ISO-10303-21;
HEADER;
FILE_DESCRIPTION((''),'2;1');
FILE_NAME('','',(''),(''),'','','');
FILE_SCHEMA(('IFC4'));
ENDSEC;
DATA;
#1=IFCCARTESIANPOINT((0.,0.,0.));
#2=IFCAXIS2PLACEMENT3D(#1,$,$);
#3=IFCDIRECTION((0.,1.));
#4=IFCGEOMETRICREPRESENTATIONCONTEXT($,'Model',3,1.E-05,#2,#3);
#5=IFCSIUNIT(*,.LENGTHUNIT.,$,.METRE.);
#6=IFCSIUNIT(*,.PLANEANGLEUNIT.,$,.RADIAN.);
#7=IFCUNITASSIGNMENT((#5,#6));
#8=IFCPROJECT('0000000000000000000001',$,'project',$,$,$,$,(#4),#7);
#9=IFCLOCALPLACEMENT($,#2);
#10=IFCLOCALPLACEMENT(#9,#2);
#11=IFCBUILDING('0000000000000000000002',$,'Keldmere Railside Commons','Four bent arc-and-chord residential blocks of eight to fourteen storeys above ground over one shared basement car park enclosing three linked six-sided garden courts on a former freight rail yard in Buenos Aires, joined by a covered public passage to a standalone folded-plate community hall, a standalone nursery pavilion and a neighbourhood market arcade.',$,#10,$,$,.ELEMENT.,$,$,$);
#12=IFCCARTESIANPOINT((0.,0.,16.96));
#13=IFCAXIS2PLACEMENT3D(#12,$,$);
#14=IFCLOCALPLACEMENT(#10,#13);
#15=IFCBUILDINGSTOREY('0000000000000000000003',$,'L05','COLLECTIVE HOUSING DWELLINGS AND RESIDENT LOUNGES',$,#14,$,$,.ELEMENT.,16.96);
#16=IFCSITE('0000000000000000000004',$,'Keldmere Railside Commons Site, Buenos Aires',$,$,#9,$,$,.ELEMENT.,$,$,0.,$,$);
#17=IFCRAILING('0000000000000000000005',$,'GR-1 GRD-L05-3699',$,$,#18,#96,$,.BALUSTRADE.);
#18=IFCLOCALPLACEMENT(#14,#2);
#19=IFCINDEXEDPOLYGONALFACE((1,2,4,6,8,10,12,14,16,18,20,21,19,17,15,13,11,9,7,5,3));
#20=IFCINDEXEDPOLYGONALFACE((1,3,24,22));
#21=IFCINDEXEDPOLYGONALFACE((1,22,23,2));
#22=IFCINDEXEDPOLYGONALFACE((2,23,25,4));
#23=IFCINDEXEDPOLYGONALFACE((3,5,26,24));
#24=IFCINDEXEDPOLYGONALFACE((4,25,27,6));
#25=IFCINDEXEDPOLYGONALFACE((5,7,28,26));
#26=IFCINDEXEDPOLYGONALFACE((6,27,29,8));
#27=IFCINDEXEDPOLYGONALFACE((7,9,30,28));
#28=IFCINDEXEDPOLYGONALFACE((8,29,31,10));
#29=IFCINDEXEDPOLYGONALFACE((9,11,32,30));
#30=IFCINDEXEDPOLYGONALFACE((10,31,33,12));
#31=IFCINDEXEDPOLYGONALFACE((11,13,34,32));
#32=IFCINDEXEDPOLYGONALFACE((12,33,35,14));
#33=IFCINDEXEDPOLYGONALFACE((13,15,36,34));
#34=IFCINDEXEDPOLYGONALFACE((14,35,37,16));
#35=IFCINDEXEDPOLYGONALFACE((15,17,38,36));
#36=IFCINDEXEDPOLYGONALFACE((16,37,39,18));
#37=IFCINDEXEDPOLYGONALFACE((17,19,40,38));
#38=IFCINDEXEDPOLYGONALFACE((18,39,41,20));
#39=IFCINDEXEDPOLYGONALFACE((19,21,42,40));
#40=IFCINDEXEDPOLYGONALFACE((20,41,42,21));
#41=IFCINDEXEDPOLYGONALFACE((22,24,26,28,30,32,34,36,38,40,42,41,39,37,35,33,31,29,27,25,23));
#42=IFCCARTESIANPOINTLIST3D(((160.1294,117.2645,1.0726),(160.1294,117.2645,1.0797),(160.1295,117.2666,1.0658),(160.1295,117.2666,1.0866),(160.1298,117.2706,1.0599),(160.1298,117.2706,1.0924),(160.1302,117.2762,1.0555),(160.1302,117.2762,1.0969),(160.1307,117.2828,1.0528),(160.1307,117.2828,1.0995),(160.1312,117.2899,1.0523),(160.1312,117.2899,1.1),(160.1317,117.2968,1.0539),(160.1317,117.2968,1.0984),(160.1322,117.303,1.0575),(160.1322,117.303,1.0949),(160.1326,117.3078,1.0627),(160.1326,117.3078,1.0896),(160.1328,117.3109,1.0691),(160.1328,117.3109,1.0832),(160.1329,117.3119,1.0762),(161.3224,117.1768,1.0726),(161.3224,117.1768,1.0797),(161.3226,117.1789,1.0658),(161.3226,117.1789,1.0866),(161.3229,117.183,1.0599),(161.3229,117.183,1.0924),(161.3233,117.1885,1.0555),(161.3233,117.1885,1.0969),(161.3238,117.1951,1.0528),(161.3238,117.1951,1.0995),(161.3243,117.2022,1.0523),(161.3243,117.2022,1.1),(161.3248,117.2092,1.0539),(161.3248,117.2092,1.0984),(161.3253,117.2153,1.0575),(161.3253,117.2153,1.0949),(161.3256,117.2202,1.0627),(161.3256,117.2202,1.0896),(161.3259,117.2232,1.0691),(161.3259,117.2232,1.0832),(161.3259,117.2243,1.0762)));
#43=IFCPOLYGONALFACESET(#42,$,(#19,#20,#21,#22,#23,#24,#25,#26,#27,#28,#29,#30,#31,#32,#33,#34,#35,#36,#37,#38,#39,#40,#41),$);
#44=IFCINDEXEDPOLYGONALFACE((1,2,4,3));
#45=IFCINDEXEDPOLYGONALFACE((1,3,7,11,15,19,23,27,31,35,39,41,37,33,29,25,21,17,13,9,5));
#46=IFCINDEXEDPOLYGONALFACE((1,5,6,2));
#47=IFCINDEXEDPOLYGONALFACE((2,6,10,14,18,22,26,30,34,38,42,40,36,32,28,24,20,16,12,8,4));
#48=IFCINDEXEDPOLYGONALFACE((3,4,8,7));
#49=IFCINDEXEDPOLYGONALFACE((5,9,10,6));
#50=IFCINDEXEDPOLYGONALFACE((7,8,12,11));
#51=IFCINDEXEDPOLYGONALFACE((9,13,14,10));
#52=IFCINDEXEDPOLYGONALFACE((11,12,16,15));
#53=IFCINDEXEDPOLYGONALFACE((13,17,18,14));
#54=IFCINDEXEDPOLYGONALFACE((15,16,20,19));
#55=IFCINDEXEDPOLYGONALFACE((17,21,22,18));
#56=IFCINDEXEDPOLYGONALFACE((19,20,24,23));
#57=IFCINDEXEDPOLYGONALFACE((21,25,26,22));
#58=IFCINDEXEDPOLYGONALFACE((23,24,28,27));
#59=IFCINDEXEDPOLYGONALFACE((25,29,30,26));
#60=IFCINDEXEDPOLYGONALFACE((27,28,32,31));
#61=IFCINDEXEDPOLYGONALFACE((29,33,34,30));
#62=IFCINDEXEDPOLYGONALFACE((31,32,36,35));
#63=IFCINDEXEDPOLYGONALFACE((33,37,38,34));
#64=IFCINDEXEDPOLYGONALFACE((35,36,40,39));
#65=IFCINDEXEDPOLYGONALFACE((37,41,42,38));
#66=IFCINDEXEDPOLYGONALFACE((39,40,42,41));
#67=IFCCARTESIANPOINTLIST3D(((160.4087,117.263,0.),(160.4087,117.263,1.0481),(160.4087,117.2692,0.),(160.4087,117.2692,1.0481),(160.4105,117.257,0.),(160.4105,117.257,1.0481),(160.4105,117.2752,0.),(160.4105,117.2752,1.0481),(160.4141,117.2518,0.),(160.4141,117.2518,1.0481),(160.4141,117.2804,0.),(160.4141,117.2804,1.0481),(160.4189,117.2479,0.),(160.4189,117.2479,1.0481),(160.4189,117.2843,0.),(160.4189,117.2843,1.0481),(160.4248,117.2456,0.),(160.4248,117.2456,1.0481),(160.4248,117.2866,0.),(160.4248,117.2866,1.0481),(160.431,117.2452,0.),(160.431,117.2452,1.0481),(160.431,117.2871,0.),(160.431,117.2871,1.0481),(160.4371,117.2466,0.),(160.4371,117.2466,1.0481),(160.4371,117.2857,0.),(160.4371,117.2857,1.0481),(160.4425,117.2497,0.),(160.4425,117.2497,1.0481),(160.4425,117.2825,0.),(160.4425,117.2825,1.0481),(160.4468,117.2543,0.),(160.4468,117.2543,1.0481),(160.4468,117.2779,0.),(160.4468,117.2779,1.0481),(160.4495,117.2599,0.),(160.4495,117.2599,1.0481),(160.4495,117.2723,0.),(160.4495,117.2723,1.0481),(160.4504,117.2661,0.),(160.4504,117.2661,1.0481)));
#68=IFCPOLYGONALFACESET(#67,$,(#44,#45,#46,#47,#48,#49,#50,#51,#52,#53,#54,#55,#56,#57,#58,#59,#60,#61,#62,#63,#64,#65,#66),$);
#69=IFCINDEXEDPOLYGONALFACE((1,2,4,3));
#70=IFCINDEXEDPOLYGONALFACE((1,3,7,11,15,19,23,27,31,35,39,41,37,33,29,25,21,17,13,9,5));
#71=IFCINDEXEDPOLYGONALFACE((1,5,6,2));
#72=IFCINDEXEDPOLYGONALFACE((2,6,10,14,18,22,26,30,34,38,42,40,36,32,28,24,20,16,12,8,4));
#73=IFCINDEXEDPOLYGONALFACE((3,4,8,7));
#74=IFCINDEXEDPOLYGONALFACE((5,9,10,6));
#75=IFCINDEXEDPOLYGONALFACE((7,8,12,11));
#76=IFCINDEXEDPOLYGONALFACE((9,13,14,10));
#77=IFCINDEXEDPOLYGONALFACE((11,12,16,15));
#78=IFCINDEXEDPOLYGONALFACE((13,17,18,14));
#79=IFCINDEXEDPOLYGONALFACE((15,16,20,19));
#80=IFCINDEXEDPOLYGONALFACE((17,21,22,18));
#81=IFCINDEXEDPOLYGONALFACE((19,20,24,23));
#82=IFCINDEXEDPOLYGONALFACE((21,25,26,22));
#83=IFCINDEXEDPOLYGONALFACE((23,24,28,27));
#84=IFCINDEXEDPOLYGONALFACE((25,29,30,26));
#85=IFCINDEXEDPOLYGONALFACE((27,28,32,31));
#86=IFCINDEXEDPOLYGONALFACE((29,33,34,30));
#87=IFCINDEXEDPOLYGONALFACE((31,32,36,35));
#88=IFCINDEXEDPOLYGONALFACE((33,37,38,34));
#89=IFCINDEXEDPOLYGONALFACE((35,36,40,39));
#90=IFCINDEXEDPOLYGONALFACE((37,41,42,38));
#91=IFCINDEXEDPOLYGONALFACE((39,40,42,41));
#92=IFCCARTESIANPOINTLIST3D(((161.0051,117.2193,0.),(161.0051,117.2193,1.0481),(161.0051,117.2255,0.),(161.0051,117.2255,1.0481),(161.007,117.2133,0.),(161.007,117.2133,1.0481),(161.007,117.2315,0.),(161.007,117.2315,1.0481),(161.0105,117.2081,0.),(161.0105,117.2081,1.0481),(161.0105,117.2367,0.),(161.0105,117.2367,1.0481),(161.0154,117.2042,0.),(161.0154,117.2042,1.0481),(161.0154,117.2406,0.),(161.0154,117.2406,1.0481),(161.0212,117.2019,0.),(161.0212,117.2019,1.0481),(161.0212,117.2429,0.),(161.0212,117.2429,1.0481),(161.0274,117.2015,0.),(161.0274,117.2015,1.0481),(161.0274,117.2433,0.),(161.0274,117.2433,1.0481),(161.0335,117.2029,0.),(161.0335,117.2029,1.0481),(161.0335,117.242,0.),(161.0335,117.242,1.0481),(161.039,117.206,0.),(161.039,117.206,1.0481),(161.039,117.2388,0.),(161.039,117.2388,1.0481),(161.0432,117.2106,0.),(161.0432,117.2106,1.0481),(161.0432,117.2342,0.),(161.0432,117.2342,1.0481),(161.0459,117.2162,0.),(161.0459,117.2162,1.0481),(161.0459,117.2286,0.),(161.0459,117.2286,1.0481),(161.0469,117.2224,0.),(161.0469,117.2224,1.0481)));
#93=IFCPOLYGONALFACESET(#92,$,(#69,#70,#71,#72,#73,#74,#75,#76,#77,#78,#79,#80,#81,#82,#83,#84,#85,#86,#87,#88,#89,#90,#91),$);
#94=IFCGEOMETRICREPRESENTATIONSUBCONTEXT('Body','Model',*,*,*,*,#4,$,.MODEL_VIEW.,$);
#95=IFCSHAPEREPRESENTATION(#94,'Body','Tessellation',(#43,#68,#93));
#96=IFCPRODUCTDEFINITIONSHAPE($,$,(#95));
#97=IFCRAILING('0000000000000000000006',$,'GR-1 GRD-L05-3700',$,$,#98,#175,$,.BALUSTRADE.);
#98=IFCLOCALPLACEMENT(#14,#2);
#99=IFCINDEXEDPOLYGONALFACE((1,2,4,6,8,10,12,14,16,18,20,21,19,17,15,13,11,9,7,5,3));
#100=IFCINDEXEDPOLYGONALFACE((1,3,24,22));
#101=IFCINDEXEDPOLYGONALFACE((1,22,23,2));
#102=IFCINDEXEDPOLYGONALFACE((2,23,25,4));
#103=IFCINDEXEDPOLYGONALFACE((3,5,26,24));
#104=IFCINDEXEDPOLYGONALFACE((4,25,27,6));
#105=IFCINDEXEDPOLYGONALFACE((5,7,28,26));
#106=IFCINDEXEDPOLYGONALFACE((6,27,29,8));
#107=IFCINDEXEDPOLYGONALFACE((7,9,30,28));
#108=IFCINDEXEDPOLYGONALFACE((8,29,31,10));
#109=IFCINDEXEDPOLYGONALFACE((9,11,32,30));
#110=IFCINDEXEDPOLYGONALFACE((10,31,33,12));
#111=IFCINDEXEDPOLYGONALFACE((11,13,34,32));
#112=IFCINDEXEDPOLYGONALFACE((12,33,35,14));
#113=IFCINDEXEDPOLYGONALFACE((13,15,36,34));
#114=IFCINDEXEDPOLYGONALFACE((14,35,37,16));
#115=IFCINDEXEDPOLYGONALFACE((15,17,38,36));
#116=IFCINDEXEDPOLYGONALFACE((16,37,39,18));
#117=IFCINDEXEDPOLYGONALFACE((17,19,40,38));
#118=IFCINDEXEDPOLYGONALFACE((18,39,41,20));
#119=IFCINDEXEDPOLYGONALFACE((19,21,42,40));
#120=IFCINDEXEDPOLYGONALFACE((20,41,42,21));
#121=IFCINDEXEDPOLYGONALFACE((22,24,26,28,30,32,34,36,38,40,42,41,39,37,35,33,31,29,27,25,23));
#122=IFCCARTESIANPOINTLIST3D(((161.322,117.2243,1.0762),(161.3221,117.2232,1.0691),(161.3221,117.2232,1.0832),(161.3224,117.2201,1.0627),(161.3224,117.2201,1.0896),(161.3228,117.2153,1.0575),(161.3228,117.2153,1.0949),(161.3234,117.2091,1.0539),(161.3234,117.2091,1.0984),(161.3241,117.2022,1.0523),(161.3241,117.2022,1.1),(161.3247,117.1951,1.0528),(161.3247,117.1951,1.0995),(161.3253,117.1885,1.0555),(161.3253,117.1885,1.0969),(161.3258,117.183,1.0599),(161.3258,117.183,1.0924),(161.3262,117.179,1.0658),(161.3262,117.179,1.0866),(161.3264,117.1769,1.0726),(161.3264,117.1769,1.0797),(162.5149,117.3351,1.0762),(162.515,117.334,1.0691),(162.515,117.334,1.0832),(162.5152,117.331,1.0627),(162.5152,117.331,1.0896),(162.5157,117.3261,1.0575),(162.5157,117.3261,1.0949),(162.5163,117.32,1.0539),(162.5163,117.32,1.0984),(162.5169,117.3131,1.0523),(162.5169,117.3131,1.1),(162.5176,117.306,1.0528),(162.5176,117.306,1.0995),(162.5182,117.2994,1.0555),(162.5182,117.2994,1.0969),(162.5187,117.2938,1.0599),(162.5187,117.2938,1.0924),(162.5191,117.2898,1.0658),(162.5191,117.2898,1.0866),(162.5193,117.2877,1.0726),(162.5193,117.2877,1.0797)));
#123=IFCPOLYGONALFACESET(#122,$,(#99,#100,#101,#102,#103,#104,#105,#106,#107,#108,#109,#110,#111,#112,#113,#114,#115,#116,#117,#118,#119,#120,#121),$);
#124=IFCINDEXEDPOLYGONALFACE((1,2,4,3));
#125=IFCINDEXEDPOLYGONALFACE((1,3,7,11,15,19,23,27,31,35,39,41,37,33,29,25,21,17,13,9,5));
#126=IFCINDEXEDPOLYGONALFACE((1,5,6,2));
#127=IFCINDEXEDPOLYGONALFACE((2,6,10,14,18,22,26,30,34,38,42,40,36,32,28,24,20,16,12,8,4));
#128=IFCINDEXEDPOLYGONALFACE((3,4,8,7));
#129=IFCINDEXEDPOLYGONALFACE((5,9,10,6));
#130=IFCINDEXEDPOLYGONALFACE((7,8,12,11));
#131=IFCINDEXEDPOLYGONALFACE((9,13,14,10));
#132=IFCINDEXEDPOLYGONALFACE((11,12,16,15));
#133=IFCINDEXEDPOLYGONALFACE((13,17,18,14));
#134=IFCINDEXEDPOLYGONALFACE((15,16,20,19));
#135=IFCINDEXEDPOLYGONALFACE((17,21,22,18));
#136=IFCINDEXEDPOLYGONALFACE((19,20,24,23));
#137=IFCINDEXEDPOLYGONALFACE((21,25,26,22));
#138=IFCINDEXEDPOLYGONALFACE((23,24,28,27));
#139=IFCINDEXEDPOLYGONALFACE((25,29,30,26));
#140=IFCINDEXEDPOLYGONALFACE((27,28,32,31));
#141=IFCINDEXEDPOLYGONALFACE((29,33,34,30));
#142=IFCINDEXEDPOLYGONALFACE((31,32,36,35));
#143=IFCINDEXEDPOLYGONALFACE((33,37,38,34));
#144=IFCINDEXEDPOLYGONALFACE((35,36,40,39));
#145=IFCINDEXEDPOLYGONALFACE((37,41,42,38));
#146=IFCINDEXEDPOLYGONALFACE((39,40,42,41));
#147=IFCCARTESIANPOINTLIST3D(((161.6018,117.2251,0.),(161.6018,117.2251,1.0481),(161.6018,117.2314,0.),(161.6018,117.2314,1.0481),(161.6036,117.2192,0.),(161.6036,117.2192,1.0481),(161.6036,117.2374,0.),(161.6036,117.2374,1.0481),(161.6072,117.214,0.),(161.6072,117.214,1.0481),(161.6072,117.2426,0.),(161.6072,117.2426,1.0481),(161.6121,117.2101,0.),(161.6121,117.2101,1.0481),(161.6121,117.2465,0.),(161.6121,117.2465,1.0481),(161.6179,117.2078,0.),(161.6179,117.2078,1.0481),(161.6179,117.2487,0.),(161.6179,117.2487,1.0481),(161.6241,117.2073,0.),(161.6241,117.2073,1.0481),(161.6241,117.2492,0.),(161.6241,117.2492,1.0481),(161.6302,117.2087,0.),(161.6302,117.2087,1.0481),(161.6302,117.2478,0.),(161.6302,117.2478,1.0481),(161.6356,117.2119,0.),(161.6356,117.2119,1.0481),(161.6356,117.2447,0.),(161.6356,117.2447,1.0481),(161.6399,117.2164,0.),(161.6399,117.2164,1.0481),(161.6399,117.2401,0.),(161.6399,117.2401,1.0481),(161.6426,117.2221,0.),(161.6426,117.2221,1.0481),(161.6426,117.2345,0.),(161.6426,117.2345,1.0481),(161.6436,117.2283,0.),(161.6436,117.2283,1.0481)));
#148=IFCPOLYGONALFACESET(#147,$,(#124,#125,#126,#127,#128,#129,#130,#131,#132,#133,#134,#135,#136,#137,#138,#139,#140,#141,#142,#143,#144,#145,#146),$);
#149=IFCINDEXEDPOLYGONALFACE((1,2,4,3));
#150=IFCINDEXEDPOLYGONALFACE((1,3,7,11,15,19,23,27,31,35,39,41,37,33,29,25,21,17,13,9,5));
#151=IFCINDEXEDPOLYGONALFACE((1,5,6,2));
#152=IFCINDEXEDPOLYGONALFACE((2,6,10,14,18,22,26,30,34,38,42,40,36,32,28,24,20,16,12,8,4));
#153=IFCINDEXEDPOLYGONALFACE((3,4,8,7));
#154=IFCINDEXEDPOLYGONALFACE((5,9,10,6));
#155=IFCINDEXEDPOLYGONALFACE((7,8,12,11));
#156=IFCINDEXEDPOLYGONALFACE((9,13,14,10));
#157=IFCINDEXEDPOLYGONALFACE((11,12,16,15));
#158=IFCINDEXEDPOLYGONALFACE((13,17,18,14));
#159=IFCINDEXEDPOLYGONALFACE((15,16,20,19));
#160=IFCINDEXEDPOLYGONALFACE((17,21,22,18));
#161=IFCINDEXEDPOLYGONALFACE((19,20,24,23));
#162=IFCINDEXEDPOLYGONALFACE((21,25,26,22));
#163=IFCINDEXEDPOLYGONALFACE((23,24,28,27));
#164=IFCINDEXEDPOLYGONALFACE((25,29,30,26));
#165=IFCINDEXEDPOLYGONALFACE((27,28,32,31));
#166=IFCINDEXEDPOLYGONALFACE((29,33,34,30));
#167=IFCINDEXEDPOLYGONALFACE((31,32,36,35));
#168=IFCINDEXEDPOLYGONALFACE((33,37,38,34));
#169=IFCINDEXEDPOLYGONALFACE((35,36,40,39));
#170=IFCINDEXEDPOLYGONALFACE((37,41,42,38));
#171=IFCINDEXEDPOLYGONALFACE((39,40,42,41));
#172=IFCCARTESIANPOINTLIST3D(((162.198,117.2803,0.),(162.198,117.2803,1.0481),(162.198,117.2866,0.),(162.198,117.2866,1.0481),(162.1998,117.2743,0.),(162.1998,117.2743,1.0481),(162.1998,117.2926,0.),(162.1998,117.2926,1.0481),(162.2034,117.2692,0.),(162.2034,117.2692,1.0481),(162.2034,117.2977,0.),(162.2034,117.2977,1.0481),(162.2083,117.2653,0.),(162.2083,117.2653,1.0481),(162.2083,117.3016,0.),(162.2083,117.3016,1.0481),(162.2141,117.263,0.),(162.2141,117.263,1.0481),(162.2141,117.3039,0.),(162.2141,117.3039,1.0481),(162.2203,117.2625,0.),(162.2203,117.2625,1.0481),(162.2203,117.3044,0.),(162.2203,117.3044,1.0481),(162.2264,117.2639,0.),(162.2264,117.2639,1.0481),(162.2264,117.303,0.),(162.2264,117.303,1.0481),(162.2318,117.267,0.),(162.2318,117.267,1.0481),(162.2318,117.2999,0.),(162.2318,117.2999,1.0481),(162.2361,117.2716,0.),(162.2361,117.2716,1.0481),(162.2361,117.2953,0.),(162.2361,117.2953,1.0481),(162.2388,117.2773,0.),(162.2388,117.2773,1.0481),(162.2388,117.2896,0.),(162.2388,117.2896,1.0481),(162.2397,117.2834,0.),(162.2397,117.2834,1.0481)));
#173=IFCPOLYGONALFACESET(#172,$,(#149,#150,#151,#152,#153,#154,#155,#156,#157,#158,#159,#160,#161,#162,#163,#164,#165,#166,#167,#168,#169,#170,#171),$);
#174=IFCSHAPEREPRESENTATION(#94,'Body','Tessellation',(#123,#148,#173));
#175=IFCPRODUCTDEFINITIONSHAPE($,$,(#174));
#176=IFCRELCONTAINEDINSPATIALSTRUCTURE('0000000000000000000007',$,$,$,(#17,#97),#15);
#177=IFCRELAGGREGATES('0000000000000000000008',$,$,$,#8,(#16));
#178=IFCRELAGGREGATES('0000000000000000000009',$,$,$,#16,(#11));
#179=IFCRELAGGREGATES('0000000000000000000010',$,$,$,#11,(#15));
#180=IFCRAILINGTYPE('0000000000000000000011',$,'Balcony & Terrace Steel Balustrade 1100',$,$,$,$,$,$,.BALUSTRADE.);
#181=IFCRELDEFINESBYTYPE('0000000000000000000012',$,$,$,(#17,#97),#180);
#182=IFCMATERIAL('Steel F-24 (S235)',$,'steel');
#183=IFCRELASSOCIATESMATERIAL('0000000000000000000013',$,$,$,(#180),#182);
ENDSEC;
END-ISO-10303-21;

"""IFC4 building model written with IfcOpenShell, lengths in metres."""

from ifc_helpers import new_model, si_unit, direction, frame, origin, origin_2d, place, context, subcontext, project, spatial, circle, extrude, material, type_object, element, save


model = new_model("IFC4")

# Units and contexts
model_context = context("Model", 3, precision=1e-05, world=origin(), true_north=direction((0.0, 1.0)))
body_context = subcontext(model_context, "Body", "Model", "MODEL_VIEW")
ifc_project = project(units=[si_unit("LENGTHUNIT", "METRE"), si_unit("PLANEANGLEUNIT", "RADIAN")], contexts=[model_context])

# Site, building, storey
site_placement = place(None, origin())
site = spatial("IfcSite", under=ifc_project, at=site_placement, Name="Keldmere Railside Commons Site, Buenos Aires", CompositionType="ELEMENT", RefElevation=0.0)
building_placement = place(site_placement, origin())
building = spatial("IfcBuilding", under=site, at=building_placement, Name="Keldmere Railside Commons", Description="Four bent arc-and-chord residential blocks of eight to fourteen storeys above ground over one shared basement car park enclosing three linked six-sided garden courts on a former freight rail yard in Buenos Aires, joined by a covered public passage to a standalone folded-plate community hall, a standalone nursery pavilion and a neighbourhood market arcade.", CompositionType="ELEMENT")
storey_placement = place(building_placement, frame((0.0, 0.0, 16.96)))
storey = spatial("IfcBuildingStorey", under=building, at=storey_placement, Name="L05", Description="COLLECTIVE HOUSING DWELLINGS AND RESIDENT LOUNGES", CompositionType="ELEMENT", Elevation=16.96)

# Railings
ifc_material_1 = material(Name="Steel F-24 (S235)", Category="steel")
railing_type = type_object("IfcRailingType", Name="Balcony & Terrace Steel Balustrade 1100", PredefinedType="BALUSTRADE", material=ifc_material_1)
railing_1_placement = place(storey_placement, frame((160.1311, 117.2881, 0.0)))
element("IfcRailing", 1, at=railing_1_placement, inside=storey, type_object=railing_type, Name="GR-1 GRD-L05-3699", PredefinedType="BALUSTRADE", context=body_context, shape_type="SweptSolid", body=[
    extrude(circle(Radius=0.0239, at=origin_2d()), frame((0.0, 0.0, 1.0762), z_axis=(0.997313, -0.073263, 0.0), x_axis=(0.073263, 0.997313, 0.0)), (0.0, 0.0, 1.0), 1.1963),
    extrude(circle(Radius=0.021, at=origin_2d()), frame((0.2983, -0.022, 0.0)), (0.0, 0.0, 1.0), 1.0481),
    extrude(circle(Radius=0.021, at=origin_2d()), frame((0.8948, -0.0657, 0.0)), (0.0, 0.0, 1.0), 1.0481),
])
railing_2_placement = place(storey_placement, frame((161.3242, 117.2004, 0.0)))
element("IfcRailing", 2, at=railing_2_placement, inside=storey, type_object=railing_type, Name="GR-1 GRD-L05-3700", PredefinedType="BALUSTRADE", context=body_context, shape_type="SweptSolid", body=[
    extrude(circle(Radius=0.0239, at=origin_2d()), frame((0.0, 0.0, 1.0762), z_axis=(0.995711, 0.09252, 0.0), x_axis=(-0.09252, 0.995711, 0.0)), (0.0, 0.0, 1.0), 1.198),
    extrude(circle(Radius=0.021, at=origin_2d()), frame((0.2983, 0.0278, 0.0)), (0.0, 0.0, 1.0), 1.0481),
    extrude(circle(Radius=0.021, at=origin_2d()), frame((0.8945, 0.083, 0.0)), (0.0, 0.0, 1.0), 1.0481),
])

save(model, "model.ifc")
